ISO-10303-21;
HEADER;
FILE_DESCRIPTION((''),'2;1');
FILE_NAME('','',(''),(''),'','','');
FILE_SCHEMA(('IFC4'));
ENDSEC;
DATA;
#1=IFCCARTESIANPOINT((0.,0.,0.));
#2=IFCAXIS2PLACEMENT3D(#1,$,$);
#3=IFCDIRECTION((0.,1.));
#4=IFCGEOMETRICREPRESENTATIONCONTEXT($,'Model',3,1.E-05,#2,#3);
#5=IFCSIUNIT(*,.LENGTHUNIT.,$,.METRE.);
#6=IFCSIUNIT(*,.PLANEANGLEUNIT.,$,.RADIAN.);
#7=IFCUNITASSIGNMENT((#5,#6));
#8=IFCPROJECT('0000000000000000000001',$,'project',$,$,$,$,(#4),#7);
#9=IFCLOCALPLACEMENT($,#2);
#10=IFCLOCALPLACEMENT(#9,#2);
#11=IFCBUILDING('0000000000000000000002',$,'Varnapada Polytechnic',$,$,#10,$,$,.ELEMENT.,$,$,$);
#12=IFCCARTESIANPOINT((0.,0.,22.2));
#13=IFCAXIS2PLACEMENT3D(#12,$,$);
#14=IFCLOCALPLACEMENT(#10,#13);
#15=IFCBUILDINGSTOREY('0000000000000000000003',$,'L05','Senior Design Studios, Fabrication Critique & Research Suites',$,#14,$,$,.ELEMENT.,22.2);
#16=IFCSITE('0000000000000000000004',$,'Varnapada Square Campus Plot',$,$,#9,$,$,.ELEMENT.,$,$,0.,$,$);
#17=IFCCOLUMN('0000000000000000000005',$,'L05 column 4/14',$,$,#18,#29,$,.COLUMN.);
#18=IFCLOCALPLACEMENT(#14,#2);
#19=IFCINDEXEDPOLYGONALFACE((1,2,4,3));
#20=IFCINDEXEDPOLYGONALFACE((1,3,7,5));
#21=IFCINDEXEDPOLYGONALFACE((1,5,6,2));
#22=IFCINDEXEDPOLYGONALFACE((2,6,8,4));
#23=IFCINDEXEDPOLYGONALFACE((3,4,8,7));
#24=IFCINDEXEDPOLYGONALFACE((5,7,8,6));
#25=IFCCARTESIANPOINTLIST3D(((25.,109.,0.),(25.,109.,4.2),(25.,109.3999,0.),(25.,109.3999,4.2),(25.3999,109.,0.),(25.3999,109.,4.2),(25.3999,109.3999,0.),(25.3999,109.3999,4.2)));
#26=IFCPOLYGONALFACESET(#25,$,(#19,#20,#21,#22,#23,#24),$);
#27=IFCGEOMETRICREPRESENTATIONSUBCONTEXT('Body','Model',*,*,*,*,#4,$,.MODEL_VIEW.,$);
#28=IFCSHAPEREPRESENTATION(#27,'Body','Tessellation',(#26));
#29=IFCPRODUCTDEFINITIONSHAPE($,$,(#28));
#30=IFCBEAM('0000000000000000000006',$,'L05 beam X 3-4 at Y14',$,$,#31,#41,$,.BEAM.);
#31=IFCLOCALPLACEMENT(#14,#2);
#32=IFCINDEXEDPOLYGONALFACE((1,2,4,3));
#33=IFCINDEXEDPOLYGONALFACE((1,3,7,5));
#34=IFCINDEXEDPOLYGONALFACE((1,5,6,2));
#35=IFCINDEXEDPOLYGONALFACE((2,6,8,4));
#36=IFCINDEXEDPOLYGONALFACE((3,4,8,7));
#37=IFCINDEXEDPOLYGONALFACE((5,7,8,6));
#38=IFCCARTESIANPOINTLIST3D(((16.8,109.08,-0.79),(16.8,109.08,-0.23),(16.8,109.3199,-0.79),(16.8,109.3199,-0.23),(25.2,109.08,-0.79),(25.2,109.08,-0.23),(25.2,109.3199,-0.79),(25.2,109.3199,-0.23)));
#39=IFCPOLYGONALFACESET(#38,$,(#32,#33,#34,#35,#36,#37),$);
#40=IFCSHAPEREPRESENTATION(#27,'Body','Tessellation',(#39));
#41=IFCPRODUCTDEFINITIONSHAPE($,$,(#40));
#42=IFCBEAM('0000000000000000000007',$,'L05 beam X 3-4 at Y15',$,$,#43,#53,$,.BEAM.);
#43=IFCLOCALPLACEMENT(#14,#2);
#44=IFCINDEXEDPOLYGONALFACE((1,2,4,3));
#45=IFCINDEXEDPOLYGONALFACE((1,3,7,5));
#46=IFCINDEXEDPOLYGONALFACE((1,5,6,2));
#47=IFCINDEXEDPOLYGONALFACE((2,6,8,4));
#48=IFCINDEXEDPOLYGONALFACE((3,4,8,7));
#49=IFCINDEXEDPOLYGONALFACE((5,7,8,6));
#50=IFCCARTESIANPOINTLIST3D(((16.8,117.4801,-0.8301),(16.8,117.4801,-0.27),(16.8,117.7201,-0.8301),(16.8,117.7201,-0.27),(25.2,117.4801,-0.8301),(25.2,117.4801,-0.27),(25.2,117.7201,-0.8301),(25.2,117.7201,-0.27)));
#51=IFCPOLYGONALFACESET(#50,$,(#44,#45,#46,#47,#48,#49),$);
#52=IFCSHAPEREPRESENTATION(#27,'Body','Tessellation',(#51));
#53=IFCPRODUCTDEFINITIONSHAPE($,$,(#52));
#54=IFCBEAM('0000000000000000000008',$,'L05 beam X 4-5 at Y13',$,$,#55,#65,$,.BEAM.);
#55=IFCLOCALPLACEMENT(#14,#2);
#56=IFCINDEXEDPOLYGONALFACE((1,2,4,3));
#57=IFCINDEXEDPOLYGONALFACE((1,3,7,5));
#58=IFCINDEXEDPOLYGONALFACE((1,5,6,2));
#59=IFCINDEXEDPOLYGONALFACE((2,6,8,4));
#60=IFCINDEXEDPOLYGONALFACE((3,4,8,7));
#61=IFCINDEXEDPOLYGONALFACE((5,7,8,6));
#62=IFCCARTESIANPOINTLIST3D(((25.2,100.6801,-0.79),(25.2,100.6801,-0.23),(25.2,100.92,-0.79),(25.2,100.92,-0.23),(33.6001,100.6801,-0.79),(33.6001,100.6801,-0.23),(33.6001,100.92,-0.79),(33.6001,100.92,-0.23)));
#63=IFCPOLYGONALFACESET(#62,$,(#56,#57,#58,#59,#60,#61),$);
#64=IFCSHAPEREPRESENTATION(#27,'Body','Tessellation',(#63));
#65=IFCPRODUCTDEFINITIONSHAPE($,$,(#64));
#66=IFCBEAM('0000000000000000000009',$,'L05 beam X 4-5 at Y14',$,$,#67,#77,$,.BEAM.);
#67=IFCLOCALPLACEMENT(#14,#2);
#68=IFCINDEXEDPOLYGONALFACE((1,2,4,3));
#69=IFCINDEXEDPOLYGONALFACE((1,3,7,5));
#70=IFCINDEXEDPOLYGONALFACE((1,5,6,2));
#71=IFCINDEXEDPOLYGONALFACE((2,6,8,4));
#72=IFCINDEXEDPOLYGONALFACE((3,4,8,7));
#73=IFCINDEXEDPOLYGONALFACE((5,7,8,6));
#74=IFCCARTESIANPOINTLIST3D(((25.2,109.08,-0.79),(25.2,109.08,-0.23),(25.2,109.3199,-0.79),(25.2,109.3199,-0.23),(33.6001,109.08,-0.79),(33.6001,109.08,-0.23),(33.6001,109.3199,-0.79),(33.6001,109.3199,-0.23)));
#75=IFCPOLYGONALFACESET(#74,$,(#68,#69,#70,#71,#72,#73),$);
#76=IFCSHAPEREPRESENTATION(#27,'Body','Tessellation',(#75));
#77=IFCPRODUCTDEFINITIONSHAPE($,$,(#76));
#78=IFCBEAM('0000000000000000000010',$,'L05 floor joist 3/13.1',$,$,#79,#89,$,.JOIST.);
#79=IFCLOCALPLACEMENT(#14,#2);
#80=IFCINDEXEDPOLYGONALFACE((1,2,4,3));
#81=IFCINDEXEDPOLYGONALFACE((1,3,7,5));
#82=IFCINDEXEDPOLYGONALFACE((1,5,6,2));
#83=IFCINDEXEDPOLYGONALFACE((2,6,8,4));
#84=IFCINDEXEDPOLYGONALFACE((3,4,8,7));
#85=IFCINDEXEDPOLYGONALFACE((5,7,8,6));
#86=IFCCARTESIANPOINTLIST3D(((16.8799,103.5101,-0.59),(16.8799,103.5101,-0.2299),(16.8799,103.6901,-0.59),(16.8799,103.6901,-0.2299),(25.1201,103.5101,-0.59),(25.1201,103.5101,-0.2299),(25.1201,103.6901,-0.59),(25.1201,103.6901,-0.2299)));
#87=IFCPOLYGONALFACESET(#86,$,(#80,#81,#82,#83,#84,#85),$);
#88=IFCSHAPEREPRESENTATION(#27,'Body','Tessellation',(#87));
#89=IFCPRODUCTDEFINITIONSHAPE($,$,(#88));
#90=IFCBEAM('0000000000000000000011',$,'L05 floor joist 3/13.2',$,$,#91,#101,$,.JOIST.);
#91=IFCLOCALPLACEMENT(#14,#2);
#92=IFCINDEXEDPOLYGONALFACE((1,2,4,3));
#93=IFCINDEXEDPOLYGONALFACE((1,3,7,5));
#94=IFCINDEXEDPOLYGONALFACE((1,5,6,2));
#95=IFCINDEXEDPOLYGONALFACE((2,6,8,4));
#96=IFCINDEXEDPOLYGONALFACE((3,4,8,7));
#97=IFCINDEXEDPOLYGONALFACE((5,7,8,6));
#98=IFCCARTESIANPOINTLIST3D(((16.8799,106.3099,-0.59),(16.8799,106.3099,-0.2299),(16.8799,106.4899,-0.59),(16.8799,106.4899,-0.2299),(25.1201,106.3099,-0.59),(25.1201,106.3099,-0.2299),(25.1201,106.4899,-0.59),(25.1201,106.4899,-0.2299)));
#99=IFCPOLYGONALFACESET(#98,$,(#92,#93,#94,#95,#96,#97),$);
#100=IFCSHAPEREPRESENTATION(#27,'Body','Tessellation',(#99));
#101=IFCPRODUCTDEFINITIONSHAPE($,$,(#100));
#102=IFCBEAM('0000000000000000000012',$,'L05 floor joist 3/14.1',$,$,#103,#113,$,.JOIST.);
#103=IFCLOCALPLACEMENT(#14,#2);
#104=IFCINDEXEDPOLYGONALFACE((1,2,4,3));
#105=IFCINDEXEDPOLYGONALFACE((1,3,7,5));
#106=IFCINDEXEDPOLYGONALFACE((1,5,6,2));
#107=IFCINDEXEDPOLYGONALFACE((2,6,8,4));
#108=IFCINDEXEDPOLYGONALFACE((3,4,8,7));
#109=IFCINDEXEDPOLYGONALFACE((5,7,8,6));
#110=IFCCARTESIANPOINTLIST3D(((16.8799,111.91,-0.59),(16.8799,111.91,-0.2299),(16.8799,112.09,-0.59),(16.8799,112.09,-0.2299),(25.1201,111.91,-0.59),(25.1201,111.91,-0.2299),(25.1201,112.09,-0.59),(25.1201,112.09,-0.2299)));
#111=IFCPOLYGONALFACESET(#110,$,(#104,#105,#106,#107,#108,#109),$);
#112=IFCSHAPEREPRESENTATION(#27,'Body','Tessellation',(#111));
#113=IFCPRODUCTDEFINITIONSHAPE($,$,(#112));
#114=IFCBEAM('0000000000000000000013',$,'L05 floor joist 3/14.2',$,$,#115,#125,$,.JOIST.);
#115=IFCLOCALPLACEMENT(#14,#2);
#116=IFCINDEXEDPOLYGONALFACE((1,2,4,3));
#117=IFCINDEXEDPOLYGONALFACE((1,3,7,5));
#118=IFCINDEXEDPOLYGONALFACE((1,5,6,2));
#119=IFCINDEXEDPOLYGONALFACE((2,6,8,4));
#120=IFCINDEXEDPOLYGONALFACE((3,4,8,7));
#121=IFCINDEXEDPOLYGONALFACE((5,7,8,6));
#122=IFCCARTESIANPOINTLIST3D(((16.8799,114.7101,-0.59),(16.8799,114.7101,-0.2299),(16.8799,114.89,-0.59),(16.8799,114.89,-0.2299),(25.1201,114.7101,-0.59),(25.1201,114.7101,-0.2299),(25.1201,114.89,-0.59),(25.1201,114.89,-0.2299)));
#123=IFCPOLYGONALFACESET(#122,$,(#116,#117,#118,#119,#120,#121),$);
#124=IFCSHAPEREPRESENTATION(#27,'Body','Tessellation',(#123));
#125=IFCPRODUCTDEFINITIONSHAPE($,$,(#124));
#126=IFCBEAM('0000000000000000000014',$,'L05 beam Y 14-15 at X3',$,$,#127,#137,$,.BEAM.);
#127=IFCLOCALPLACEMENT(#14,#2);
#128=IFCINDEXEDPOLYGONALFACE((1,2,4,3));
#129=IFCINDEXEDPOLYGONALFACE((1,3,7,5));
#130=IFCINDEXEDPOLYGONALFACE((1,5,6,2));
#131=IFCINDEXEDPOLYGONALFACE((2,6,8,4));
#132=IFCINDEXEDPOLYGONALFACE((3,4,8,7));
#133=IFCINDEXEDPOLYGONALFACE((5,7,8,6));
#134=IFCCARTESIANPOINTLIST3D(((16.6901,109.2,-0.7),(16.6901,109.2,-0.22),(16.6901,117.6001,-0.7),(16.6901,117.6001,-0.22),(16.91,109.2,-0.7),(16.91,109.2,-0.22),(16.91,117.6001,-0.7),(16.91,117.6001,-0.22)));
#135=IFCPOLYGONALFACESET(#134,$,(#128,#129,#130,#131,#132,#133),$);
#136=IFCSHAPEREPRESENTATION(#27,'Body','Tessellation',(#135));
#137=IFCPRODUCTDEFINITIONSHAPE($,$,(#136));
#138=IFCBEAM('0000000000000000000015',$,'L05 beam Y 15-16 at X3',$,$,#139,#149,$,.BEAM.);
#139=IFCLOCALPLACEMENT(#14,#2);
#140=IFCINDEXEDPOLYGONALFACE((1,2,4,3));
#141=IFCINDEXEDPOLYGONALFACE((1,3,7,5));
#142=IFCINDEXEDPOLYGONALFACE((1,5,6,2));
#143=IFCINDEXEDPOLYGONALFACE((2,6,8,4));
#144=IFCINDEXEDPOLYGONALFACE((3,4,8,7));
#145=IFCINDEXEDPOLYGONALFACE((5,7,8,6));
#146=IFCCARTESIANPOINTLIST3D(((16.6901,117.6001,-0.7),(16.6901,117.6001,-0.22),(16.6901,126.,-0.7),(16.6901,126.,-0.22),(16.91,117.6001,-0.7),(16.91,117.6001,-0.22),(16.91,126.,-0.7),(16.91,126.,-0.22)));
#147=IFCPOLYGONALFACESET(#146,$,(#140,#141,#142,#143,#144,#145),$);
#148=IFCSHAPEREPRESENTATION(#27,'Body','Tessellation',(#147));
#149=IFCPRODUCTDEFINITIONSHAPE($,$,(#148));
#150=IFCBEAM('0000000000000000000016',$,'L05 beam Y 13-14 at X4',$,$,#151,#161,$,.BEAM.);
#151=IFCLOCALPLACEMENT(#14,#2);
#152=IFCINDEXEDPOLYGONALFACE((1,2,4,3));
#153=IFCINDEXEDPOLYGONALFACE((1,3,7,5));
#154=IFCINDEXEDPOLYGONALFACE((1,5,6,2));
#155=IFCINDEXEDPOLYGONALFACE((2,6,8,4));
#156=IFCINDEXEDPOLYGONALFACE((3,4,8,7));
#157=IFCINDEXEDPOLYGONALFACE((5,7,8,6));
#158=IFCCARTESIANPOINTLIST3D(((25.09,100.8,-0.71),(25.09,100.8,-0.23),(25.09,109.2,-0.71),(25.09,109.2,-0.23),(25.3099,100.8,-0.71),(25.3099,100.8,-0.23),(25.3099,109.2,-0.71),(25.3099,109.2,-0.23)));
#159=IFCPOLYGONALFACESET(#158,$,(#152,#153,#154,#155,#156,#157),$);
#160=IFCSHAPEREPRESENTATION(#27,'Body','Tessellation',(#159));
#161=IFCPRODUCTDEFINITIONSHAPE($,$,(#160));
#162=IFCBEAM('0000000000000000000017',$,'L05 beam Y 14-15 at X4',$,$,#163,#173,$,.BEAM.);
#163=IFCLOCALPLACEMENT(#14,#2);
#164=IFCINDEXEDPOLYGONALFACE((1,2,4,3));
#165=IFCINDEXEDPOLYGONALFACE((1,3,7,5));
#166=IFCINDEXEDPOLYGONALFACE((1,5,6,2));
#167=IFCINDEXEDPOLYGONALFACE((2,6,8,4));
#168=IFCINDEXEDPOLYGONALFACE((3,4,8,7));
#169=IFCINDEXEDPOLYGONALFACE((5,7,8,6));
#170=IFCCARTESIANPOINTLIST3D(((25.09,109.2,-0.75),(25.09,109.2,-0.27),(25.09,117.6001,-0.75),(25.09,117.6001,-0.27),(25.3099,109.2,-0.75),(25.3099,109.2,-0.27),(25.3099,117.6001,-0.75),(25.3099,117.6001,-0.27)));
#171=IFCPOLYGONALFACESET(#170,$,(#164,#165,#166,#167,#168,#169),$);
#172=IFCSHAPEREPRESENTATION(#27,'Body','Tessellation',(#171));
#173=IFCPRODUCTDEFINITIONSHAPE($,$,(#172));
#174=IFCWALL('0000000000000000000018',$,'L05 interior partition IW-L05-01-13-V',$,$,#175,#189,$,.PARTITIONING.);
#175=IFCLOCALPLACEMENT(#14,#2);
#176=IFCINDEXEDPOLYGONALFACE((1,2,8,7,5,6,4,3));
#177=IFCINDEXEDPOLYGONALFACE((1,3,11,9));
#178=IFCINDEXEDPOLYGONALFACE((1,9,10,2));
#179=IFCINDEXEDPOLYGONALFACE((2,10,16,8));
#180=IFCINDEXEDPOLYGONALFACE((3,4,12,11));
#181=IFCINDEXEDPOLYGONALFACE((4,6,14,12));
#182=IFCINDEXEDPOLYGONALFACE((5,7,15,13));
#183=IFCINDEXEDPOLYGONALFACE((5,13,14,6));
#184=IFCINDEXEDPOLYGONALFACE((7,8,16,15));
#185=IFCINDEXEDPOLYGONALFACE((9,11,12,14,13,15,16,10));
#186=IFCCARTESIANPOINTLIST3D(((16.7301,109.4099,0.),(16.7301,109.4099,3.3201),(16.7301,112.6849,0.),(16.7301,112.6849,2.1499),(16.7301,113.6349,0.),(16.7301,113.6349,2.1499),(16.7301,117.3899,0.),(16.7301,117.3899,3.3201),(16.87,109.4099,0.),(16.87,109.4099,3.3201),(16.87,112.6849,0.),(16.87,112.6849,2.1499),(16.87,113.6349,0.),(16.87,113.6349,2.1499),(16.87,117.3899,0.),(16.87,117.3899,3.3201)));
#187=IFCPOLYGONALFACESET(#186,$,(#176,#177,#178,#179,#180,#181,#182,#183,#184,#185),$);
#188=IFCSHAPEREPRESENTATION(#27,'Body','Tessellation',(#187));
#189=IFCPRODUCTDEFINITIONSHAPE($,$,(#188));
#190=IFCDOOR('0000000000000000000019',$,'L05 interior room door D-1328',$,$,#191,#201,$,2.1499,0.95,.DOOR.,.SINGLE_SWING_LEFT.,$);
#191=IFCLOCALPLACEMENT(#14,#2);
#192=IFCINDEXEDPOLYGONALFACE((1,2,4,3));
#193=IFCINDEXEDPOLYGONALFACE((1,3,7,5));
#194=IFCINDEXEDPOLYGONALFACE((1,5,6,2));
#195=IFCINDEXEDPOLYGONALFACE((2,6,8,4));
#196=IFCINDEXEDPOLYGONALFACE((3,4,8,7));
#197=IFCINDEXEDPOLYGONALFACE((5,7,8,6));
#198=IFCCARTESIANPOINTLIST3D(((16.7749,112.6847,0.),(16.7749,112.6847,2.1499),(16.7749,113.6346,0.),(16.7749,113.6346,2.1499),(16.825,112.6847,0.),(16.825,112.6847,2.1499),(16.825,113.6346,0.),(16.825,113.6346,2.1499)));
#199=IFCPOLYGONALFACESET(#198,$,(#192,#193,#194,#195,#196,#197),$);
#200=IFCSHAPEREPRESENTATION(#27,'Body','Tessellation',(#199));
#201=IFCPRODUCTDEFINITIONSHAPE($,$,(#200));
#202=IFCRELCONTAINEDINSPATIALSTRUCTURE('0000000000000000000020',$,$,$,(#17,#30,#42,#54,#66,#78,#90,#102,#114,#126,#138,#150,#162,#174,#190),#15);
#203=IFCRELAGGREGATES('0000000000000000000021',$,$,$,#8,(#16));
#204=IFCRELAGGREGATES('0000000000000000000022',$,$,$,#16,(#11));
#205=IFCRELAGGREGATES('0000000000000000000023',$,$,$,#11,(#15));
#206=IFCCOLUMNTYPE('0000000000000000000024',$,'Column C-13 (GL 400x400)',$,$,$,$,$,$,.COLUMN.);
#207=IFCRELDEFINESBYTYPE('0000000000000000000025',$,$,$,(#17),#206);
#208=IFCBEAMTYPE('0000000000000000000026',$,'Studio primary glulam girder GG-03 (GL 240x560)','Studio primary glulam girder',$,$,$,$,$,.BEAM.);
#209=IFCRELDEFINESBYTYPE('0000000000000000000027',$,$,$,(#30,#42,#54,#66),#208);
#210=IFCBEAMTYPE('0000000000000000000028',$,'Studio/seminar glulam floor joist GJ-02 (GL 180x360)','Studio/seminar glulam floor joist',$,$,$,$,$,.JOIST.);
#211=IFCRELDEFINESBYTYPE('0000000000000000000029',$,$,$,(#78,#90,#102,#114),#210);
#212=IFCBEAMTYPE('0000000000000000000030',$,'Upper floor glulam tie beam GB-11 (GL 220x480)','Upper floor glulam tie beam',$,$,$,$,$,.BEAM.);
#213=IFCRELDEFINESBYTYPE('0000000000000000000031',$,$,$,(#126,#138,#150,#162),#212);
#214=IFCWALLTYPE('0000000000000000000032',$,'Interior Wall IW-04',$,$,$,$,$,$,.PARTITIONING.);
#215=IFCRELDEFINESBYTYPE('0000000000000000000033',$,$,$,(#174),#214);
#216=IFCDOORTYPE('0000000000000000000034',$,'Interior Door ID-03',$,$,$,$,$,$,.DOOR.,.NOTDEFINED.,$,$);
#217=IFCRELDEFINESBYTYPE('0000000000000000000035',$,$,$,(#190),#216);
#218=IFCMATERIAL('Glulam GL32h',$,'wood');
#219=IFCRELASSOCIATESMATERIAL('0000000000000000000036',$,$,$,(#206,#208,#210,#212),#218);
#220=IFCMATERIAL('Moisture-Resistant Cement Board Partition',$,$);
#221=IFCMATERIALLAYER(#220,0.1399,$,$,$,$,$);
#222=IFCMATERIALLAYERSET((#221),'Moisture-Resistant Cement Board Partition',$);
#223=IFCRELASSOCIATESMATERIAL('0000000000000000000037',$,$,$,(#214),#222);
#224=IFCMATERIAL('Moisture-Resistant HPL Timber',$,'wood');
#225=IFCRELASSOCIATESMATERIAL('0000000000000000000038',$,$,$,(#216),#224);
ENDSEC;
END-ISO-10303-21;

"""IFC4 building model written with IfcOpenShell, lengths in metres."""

from ifc_helpers import new_model, si_unit, direction, frame, frame_2d, origin, origin_2d, place, context, subcontext, project, spatial, rectangle, extrude, material, layer, layer_set, material_profile, profile_set, type_object, element, fill, save


model = new_model("IFC4")

# Units and contexts
model_context = context("Model", 3, precision=1e-05, world=origin(), true_north=direction((0.0, 1.0)))
body_context = subcontext(model_context, "Body", "Model", "MODEL_VIEW")
ifc_project = project(units=[si_unit("LENGTHUNIT", "METRE"), si_unit("PLANEANGLEUNIT", "RADIAN")], contexts=[model_context])

# Site, building, storey
site_placement = place(None, origin())
site = spatial("IfcSite", under=ifc_project, at=site_placement, Name="Varnapada Square Campus Plot", CompositionType="ELEMENT", RefElevation=0.0)
building_placement = place(site_placement, origin())
building = spatial("IfcBuilding", under=site, at=building_placement, Name="Varnapada Polytechnic", CompositionType="ELEMENT")
storey_placement = place(building_placement, frame((0.0, 0.0, 22.2)))
storey = spatial("IfcBuildingStorey", under=building, at=storey_placement, Name="L05", Description="Senior Design Studios, Fabrication Critique & Research Suites", CompositionType="ELEMENT", Elevation=22.2)

# Column
ifc_material_1 = material(Name="Glulam GL32h", Category="wood")
ifc_material_profile_1 = material_profile(ifc_material_1, rectangle(XDim=0.3999, YDim=0.3999, at=origin_2d()), Name="GL 400x400")
ifc_profile_set_1 = profile_set([ifc_material_profile_1], Name="Glulam GL32h")
column_type = type_object("IfcColumnType", Name="Column C-13 (GL 400x400)", PredefinedType="COLUMN", material=ifc_profile_set_1)
column_placement = place(storey_placement, frame((25.2, 109.2, 0.0), z_axis=(0.0, 0.0, 1.0), x_axis=(1.0, 0.0, 0.0)))
element("IfcColumn", 1, at=column_placement, inside=storey, type_object=column_type, Name="L05 column 4/14", PredefinedType="COLUMN", context=body_context, shape_type="SweptSolid", body=[
    extrude(rectangle(XDim=0.3999, YDim=0.3999, at=origin_2d()), origin(), (0.0, 0.0, 1.0), 4.2),
])

# Beams
ifc_material_profile_2 = material_profile(ifc_material_1, rectangle(XDim=0.24, YDim=0.5601, at=origin_2d()), Name="GL 240x560")
ifc_profile_set_2 = profile_set([ifc_material_profile_2], Name="Glulam GL32h")
beam_type_1 = type_object("IfcBeamType", Name="Studio primary glulam girder GG-03 (GL 240x560)", Description="Studio primary glulam girder", PredefinedType="BEAM", material=ifc_profile_set_2)
for number, where, z_axis, x_axis, name in (
    (2, (16.8, 109.2, -0.51), (1.0, 0.0, 0.0), (0.0, 1.0, 0.0), "L05 beam X 3-4 at Y14"),
    (3, (16.8, 117.6001, -0.55), (1.0, 0.0, 0.0), (0.0, 1.0, 0.0), "L05 beam X 3-4 at Y15"),
):
    element("IfcBeam", number, at=place(storey_placement, frame(where, z_axis=z_axis, x_axis=x_axis)), inside=storey, type_object=beam_type_1, Name=name, PredefinedType="BEAM", context=body_context, shape_type="SweptSolid", body=[
        extrude(rectangle(XDim=0.24, YDim=0.5601, at=origin_2d()), origin(), (0.0, 0.0, 1.0), 8.3999),
    ])
for number, where, z_axis, x_axis, name in (
    (4, (25.2, 100.8, -0.51), (1.0, 0.0, 0.0), (0.0, 1.0, 0.0), "L05 beam X 4-5 at Y13"),
    (5, (25.2, 109.2, -0.51), (1.0, 0.0, 0.0), (0.0, 1.0, 0.0), "L05 beam X 4-5 at Y14"),
):
    element("IfcBeam", number, at=place(storey_placement, frame(where, z_axis=z_axis, x_axis=x_axis)), inside=storey, type_object=beam_type_1, Name=name, PredefinedType="BEAM", context=body_context, shape_type="SweptSolid", body=[
        extrude(rectangle(XDim=0.24, YDim=0.5601, at=origin_2d()), origin(), (0.0, 0.0, 1.0), 8.4001),
    ])
ifc_material_profile_3 = material_profile(ifc_material_1, rectangle(XDim=0.1799, YDim=0.3601, at=origin_2d()), Name="GL 180x360")
ifc_profile_set_3 = profile_set([ifc_material_profile_3], Name="Glulam GL32h")
beam_type_2 = type_object("IfcBeamType", Name="Studio/seminar glulam floor joist GJ-02 (GL 180x360)", Description="Studio/seminar glulam floor joist", PredefinedType="JOIST", material=ifc_profile_set_3)
for number, where, z_axis, x_axis, name in (
    (6, (16.8799, 103.6001, -0.4099), (1.0, 0.0, 0.0), (0.0, 1.0, 0.0), "L05 floor joist 3/13.1"),
    (7, (16.8799, 106.3999, -0.4099), (1.0, 0.0, 0.0), (0.0, 1.0, 0.0), "L05 floor joist 3/13.2"),
    (8, (16.8799, 112.0, -0.4099), (1.0, 0.0, 0.0), (0.0, 1.0, 0.0), "L05 floor joist 3/14.1"),
    (9, (16.8799, 114.8, -0.4099), (1.0, 0.0, 0.0), (0.0, 1.0, 0.0), "L05 floor joist 3/14.2"),
):
    element("IfcBeam", number, at=place(storey_placement, frame(where, z_axis=z_axis, x_axis=x_axis)), inside=storey, type_object=beam_type_2, Name=name, PredefinedType="JOIST", context=body_context, shape_type="SweptSolid", body=[
        extrude(rectangle(XDim=0.1799, YDim=0.3601, at=origin_2d()), origin(), (0.0, 0.0, 1.0), 8.2402),
    ])
ifc_material_profile_4 = material_profile(ifc_material_1, rectangle(XDim=0.22, YDim=0.48, at=origin_2d()), Name="GL 220x480")
ifc_profile_set_4 = profile_set([ifc_material_profile_4], Name="Glulam GL32h")
beam_type_3 = type_object("IfcBeamType", Name="Upper floor glulam tie beam GB-11 (GL 220x480)", Description="Upper floor glulam tie beam", PredefinedType="BEAM", material=ifc_profile_set_4)
beam_1_placement = place(storey_placement, frame((16.8, 109.2, -0.46), z_axis=(0.0, 1.0, 0.0), x_axis=(-1.0, 0.0, 0.0)))
element("IfcBeam", 10, at=beam_1_placement, inside=storey, type_object=beam_type_3, Name="L05 beam Y 14-15 at X3", PredefinedType="BEAM", context=body_context, shape_type="SweptSolid", body=[
    extrude(rectangle(XDim=0.22, YDim=0.48, at=origin_2d()), origin(), (0.0, 0.0, 1.0), 8.4001),
])
for number, where, z_axis, x_axis, name in (
    (11, (16.8, 117.6001, -0.46), (0.0, 1.0, 0.0), (-1.0, 0.0, 0.0), "L05 beam Y 15-16 at X3"),
    (12, (25.2, 100.8, -0.47), (0.0, 1.0, 0.0), (-1.0, 0.0, 0.0), "L05 beam Y 13-14 at X4"),
):
    element("IfcBeam", number, at=place(storey_placement, frame(where, z_axis=z_axis, x_axis=x_axis)), inside=storey, type_object=beam_type_3, Name=name, PredefinedType="BEAM", context=body_context, shape_type="SweptSolid", body=[
        extrude(rectangle(XDim=0.22, YDim=0.48, at=origin_2d()), origin(), (0.0, 0.0, 1.0), 8.3999),
    ])
beam_2_placement = place(storey_placement, frame((25.2, 109.2, -0.51), z_axis=(0.0, 1.0, 0.0), x_axis=(-1.0, 0.0, 0.0)))
element("IfcBeam", 13, at=beam_2_placement, inside=storey, type_object=beam_type_3, Name="L05 beam Y 14-15 at X4", PredefinedType="BEAM", context=body_context, shape_type="SweptSolid", body=[
    extrude(rectangle(XDim=0.22, YDim=0.48, at=origin_2d()), origin(), (0.0, 0.0, 1.0), 8.4001),
])

# Wall, opening, door
ifc_material_2 = material(Name="Moisture-Resistant Cement Board Partition")
ifc_layer_1 = layer(ifc_material_2, 0.1399)
ifc_layer_set_1 = layer_set([ifc_layer_1], Name="Moisture-Resistant Cement Board Partition")
wall_type = type_object("IfcWallType", Name="Interior Wall IW-04", PredefinedType="PARTITIONING", material=ifc_layer_set_1)
wall_placement = place(storey_placement, frame((16.8, 109.4099, 0.0), z_axis=(0.0, 0.0, 1.0), x_axis=(0.0, 1.0, 0.0)))
wall = element("IfcWall", 14, at=wall_placement, inside=storey, type_object=wall_type, Name="L05 interior partition IW-L05-01-13-V", PredefinedType="PARTITIONING", context=body_context, shape_type="SweptSolid", body=[
    extrude(rectangle(XDim=7.98, YDim=0.1399, at=frame_2d((3.99, 0.0))), origin(), (0.0, 0.0, 1.0), 3.3201),
])
opening_placement = place(wall_placement, frame((3.2749, 0.0, 0.0)))
opening = element("IfcOpeningElement", 15, at=opening_placement, cuts=wall, PredefinedType="OPENING", context=body_context, shape_type="SweptSolid", body=[
    extrude(rectangle(XDim=0.95, YDim=2.1499, at=frame_2d((0.4751, 1.075))), frame((0.0, 0.0798, 0.0), z_axis=(0.0, -1.0, 0.0), x_axis=(1.0, 0.0, 0.0)), (0.0, 0.0, 1.0), 0.1599),
])
ifc_material_3 = material(Name="Moisture-Resistant HPL Timber", Category="wood")
door_type = type_object("IfcDoorType", Name="Interior Door ID-03", OperationType="NOTDEFINED", PredefinedType="DOOR", material=ifc_material_3)
door_placement = place(opening_placement, frame((0.95, 0.0, 0.0), z_axis=(0.0, 0.0, 1.0), x_axis=(-1.0, 0.0, 0.0)))
door = element("IfcDoor", 16, at=door_placement, inside=storey, type_object=door_type, Name="L05 interior room door D-1328", OperationType="SINGLE_SWING_LEFT", OverallHeight=2.1499, OverallWidth=0.95, PredefinedType="DOOR", context=body_context, shape_type="SweptSolid", body=[
    extrude(rectangle(XDim=0.95, YDim=2.1499, at=frame_2d((0.4751, 1.075))), frame((0.0, 0.0249, 0.0), z_axis=(0.0, -1.0, 0.0), x_axis=(1.0, 0.0, 0.0)), (0.0, 0.0, 1.0), 0.05),
])
fill(opening, door)

save(model, "model.ifc")
